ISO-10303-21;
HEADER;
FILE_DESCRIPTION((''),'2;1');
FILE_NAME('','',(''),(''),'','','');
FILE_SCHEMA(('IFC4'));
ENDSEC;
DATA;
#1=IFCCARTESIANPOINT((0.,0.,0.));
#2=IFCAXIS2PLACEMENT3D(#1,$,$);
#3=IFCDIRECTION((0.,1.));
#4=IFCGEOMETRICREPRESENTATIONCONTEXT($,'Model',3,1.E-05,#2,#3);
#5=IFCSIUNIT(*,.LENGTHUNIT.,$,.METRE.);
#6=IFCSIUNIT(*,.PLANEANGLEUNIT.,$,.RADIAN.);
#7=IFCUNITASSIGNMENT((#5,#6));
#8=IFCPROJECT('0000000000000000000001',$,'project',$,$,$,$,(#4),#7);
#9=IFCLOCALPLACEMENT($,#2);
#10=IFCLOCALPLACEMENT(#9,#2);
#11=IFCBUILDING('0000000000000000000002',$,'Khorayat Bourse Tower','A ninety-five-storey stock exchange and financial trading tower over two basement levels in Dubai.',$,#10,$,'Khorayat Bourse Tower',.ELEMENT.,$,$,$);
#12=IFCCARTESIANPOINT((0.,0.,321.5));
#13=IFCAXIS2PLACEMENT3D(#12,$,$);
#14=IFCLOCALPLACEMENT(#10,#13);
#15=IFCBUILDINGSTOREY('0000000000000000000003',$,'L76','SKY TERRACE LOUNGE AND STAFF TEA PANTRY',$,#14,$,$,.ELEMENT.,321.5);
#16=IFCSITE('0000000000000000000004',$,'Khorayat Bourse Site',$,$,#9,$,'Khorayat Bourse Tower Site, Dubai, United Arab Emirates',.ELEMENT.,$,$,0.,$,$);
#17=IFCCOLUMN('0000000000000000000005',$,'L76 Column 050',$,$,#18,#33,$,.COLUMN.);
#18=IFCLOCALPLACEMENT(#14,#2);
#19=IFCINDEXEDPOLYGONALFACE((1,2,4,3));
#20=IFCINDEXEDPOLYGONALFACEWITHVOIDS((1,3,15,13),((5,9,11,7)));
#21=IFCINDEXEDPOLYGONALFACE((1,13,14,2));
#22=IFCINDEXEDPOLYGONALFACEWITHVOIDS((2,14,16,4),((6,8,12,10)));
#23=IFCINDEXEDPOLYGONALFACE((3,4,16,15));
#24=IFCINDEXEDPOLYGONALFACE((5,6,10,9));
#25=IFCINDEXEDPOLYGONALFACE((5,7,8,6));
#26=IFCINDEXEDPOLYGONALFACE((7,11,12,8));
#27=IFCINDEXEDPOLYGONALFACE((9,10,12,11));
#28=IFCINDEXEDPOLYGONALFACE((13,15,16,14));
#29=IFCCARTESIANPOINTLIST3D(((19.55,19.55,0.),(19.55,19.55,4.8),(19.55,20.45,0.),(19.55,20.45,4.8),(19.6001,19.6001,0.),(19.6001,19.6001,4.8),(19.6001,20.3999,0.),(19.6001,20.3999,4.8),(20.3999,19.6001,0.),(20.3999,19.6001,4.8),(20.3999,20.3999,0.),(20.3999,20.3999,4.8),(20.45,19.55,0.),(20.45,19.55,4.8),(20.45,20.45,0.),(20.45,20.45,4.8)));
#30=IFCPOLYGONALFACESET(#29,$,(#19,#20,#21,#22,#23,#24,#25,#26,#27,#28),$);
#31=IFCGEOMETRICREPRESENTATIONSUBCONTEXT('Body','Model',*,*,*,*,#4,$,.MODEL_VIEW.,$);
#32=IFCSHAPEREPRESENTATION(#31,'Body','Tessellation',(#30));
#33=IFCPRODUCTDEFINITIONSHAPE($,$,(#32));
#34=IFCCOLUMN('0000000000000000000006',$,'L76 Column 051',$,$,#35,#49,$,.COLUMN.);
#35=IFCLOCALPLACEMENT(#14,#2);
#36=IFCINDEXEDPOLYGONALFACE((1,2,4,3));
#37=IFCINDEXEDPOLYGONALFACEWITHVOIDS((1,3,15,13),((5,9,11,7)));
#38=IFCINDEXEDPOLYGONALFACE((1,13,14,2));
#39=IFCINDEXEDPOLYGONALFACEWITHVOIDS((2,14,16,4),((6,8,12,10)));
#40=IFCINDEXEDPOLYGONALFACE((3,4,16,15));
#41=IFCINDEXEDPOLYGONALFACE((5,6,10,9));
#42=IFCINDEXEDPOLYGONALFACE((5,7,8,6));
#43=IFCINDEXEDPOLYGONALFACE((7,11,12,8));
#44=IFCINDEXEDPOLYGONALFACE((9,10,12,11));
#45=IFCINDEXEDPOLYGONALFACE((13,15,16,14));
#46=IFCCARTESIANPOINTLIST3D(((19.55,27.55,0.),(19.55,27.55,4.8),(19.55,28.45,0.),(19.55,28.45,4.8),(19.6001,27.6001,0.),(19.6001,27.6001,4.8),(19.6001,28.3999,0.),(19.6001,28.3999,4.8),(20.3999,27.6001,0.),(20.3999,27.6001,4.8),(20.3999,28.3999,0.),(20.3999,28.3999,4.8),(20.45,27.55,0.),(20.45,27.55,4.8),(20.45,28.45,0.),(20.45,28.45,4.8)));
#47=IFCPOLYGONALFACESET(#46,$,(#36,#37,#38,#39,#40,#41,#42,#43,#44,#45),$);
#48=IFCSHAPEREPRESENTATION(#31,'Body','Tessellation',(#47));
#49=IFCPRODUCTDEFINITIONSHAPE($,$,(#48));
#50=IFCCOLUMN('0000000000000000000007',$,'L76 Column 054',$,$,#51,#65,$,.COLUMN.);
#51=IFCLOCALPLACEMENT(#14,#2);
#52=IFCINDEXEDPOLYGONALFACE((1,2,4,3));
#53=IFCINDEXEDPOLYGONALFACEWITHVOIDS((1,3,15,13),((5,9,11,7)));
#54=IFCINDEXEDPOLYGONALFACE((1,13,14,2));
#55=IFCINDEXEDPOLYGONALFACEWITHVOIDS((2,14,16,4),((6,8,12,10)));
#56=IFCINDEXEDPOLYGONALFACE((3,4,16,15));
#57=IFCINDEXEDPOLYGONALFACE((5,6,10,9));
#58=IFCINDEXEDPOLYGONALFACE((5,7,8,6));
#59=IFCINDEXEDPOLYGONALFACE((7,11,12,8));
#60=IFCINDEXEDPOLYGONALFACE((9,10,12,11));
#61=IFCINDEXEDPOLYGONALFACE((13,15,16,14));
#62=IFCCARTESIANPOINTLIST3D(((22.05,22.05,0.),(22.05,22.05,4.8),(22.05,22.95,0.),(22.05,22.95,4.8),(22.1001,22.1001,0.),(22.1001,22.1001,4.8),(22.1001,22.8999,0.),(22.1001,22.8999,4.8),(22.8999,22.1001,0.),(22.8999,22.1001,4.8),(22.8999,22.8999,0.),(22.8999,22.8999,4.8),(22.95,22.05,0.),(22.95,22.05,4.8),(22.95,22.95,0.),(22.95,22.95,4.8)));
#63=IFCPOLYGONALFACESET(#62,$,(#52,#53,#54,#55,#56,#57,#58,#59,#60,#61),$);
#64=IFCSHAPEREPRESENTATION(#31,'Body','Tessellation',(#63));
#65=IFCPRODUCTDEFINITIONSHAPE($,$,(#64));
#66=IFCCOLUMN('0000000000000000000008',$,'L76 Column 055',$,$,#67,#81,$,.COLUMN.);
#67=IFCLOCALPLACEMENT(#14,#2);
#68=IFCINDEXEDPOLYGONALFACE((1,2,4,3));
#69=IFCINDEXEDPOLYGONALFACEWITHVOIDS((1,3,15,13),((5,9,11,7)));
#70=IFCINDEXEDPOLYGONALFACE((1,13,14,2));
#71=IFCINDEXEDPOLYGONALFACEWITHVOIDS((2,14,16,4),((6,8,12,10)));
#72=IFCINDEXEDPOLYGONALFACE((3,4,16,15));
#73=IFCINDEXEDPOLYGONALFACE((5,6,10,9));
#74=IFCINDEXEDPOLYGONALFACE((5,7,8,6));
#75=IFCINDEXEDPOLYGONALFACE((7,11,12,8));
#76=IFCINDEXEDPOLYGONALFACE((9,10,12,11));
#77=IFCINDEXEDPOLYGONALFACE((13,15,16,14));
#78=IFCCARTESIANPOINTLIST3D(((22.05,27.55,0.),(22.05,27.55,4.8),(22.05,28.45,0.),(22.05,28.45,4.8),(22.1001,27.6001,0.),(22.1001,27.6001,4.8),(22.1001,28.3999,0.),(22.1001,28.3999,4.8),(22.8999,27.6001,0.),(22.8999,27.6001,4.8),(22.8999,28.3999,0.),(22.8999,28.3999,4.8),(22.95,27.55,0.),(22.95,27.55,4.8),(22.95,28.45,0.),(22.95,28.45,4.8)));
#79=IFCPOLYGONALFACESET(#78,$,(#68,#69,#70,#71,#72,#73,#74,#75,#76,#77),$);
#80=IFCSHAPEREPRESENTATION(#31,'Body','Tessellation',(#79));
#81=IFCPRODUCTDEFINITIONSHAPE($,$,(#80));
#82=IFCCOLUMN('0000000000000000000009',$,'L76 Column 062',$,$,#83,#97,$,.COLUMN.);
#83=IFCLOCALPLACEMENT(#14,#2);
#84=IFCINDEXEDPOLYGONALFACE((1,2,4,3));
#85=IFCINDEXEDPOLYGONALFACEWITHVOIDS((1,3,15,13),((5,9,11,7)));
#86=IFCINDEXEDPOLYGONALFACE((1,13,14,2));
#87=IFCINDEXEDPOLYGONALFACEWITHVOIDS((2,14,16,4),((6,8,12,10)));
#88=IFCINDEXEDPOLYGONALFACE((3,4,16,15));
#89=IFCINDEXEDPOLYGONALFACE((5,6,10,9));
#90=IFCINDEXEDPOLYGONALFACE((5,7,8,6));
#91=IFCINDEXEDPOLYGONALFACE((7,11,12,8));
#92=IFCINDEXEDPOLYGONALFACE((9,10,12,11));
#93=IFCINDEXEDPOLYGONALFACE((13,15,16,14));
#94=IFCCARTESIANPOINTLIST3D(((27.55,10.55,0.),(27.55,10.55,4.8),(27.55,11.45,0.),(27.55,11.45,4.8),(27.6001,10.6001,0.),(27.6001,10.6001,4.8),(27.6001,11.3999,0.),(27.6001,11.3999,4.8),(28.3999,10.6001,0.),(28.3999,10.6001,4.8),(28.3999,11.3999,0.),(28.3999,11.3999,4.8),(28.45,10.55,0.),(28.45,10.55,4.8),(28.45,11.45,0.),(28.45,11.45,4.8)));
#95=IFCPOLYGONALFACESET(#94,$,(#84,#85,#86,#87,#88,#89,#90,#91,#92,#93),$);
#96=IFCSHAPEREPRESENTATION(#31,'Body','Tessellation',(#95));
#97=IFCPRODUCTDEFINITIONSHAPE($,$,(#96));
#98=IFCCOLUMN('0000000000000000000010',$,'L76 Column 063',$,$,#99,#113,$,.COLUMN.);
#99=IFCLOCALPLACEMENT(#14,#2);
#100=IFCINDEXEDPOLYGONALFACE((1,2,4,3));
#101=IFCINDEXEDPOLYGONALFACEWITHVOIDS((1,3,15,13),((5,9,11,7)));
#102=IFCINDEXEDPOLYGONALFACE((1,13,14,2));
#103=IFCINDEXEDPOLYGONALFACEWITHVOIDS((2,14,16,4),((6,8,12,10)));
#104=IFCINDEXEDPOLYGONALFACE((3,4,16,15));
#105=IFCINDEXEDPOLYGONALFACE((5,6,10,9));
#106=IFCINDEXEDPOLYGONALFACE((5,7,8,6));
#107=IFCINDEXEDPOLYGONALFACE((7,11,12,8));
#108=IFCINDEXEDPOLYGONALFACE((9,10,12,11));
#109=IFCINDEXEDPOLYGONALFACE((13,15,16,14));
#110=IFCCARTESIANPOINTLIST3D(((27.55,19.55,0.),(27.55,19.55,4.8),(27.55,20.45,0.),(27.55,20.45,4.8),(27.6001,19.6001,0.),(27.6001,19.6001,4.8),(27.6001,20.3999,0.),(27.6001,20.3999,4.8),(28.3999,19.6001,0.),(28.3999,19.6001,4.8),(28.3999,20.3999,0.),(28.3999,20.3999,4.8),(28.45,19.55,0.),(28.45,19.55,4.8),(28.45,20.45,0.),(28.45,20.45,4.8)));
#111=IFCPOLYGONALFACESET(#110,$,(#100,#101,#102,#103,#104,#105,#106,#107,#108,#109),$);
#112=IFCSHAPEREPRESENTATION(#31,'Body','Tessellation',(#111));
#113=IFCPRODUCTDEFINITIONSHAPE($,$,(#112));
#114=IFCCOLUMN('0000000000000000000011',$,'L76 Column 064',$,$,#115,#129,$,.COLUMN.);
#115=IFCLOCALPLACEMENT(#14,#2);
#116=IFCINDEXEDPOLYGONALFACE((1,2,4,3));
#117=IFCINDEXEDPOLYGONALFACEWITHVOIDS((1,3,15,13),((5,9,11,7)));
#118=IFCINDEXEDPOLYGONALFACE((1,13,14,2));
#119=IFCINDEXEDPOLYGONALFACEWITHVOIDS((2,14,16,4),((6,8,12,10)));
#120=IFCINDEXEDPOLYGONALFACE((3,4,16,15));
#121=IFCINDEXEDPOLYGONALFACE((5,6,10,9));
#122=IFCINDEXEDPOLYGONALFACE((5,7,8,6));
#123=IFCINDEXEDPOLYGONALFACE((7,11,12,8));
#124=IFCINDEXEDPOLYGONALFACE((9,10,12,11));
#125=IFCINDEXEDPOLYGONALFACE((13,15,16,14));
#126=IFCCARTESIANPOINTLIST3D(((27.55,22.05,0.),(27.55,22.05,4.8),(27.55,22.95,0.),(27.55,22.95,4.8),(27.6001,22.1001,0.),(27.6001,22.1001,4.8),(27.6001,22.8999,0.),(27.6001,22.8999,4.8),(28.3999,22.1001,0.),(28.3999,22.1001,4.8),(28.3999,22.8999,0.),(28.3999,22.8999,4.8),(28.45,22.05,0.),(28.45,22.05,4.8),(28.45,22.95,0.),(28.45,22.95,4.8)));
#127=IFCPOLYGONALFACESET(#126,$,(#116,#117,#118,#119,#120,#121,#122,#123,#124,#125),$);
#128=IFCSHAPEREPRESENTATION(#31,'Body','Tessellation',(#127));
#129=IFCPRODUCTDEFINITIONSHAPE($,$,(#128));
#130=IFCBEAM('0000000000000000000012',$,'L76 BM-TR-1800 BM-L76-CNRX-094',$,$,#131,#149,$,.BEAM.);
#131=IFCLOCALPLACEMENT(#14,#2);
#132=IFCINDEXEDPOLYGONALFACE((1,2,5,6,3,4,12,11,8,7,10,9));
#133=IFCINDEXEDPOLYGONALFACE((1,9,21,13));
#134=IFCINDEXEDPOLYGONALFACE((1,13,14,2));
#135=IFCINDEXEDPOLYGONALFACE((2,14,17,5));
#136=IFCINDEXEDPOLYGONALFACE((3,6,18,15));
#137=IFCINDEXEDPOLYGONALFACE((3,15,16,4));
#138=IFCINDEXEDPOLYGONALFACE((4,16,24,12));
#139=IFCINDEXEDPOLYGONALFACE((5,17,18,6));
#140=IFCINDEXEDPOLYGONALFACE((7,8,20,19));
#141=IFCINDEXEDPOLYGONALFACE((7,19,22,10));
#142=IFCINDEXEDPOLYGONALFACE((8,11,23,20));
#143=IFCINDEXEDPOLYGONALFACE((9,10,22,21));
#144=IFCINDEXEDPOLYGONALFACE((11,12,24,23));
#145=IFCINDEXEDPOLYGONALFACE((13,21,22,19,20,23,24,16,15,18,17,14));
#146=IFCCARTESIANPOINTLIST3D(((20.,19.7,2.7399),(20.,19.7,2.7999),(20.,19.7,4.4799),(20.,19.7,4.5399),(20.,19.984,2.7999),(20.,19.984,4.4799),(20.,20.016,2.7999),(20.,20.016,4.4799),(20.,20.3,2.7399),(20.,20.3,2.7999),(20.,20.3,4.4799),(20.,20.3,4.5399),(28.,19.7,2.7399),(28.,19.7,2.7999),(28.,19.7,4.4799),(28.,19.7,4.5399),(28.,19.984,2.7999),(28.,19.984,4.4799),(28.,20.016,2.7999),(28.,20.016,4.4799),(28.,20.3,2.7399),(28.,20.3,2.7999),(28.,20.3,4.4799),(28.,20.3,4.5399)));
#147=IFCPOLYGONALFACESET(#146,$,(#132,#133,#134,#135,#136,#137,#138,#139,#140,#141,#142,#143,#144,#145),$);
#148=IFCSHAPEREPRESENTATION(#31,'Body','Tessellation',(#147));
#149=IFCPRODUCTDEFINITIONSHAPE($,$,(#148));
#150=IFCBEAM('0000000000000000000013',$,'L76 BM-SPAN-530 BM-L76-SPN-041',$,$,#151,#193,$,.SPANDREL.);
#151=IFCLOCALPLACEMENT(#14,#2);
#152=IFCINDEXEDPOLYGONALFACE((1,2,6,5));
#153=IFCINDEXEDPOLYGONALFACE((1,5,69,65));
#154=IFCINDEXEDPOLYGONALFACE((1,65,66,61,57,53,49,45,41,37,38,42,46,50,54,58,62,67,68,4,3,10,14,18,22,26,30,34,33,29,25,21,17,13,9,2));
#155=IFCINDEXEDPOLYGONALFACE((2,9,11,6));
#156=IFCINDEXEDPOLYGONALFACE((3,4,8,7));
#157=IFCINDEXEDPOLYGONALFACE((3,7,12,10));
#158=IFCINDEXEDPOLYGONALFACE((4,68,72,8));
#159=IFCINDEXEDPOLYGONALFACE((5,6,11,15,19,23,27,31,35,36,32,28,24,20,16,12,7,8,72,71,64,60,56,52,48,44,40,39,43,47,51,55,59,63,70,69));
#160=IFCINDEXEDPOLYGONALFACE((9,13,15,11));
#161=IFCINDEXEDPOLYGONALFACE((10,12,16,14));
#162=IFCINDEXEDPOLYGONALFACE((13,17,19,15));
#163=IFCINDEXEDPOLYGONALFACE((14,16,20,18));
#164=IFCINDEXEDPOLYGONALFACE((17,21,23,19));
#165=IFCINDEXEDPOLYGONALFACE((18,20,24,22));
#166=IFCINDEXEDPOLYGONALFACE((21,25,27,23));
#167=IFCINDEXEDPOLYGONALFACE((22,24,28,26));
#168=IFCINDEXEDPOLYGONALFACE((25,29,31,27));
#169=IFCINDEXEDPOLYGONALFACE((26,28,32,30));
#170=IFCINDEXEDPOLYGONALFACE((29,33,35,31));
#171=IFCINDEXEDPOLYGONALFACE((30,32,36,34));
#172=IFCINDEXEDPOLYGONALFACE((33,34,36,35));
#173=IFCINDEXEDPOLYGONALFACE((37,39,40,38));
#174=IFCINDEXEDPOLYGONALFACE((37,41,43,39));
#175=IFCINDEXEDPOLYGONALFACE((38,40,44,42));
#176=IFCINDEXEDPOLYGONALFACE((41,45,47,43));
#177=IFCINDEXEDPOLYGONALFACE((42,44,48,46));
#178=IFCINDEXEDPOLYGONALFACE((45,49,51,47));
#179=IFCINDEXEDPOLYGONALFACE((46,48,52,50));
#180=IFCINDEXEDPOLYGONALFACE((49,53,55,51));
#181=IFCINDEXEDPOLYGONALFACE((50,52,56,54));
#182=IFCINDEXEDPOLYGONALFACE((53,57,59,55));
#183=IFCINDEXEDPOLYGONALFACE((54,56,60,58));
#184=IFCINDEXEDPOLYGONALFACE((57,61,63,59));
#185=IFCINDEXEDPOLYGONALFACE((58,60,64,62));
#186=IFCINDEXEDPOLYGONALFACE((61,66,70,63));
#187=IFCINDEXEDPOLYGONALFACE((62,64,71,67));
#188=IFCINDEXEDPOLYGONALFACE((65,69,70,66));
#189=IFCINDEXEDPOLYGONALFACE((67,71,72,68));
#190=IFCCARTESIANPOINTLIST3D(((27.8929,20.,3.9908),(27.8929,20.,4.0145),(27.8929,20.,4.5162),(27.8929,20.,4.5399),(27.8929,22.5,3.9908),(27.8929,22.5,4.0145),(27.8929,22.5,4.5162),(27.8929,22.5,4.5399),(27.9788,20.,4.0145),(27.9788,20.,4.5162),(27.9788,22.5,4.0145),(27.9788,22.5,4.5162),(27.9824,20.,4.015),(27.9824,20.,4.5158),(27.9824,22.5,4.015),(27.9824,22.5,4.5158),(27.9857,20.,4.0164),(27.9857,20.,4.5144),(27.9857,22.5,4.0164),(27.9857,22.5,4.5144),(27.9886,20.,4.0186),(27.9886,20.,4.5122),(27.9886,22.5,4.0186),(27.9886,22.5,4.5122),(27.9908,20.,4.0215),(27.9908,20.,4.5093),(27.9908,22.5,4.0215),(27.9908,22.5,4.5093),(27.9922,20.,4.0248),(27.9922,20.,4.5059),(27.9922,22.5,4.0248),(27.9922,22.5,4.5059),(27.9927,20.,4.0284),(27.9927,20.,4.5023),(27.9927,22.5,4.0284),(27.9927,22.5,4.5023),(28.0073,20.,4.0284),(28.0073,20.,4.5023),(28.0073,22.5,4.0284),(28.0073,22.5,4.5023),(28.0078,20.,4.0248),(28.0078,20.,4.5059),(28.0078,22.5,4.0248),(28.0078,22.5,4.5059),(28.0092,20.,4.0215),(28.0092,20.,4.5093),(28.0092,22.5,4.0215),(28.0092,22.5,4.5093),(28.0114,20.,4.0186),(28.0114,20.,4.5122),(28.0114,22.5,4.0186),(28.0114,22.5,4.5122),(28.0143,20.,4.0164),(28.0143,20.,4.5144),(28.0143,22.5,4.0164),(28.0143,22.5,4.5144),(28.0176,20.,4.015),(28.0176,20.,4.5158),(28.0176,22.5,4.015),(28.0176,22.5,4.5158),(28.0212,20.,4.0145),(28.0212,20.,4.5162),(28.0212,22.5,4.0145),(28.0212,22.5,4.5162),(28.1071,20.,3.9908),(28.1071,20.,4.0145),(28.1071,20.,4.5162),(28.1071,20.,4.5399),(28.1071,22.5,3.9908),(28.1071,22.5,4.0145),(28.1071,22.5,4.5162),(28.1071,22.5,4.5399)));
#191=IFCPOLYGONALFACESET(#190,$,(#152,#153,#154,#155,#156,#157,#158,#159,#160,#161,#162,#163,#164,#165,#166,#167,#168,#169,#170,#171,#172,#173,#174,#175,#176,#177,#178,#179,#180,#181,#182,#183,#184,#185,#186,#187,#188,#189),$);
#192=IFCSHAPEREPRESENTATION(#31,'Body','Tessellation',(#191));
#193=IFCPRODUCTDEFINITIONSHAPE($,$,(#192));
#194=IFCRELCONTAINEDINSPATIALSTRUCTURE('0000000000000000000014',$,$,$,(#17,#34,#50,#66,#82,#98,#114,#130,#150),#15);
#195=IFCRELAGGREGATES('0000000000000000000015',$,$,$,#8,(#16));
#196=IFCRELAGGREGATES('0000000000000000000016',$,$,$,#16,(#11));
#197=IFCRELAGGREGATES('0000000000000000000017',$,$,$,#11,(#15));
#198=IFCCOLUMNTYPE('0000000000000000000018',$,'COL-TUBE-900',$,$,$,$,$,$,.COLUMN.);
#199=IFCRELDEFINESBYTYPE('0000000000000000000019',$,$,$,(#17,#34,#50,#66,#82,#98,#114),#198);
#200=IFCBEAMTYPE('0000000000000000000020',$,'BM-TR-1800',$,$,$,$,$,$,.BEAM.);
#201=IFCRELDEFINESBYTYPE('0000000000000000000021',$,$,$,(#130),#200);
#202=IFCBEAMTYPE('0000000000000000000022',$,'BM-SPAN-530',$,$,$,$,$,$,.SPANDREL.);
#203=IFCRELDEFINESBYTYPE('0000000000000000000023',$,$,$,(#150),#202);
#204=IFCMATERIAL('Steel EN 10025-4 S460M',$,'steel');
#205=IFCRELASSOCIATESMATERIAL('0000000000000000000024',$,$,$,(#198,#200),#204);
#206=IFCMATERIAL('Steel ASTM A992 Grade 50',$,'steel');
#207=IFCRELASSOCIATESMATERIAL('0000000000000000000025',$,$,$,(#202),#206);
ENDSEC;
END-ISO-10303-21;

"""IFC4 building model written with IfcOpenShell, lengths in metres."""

from ifc_helpers import new_model, si_unit, direction, frame, origin, origin_2d, place, context, subcontext, project, spatial, hollow_rectangle, i_section, extrude, source, transform, mapped, material, material_profile, profile_set, type_object, element, save


model = new_model("IFC4")

# Units and contexts
model_context = context("Model", 3, precision=1e-05, world=origin(), true_north=direction((0.0, 1.0)))
body_context = subcontext(model_context, "Body", "Model", "MODEL_VIEW")
ifc_project = project(units=[si_unit("LENGTHUNIT", "METRE"), si_unit("PLANEANGLEUNIT", "RADIAN")], contexts=[model_context])

# Site, building, storey
site_placement = place(None, origin())
site = spatial("IfcSite", under=ifc_project, at=site_placement, Name="Khorayat Bourse Site", LongName="Khorayat Bourse Tower Site, Dubai, United Arab Emirates", CompositionType="ELEMENT", RefElevation=0.0)
building_placement = place(site_placement, origin())
building = spatial("IfcBuilding", under=site, at=building_placement, Name="Khorayat Bourse Tower", Description="A ninety-five-storey stock exchange and financial trading tower over two basement levels in Dubai.", LongName="Khorayat Bourse Tower", CompositionType="ELEMENT")
storey_placement = place(building_placement, frame((0.0, 0.0, 321.5)))
storey = spatial("IfcBuildingStorey", under=building, at=storey_placement, Name="L76", Description="SKY TERRACE LOUNGE AND STAFF TEA PANTRY", CompositionType="ELEMENT", Elevation=321.5)

# Columns
ifc_material_1 = material(Name="Steel EN 10025-4 S460M", Category="steel")
ifc_material_profile_1 = material_profile(ifc_material_1, hollow_rectangle(XDim=0.8999, YDim=0.8999, WallThickness=0.05, at=origin_2d()), Name="BOX 900x900x50")
ifc_profile_set_1 = profile_set([ifc_material_profile_1], Name="Steel EN 10025-4 S460M")
column_type = type_object("IfcColumnType", Name="COL-TUBE-900", PredefinedType="COLUMN", material=ifc_profile_set_1)
shared_shape_1 = source(origin(), body_context, "Body", "SweptSolid", [
    extrude(hollow_rectangle(XDim=0.8999, YDim=0.8999, WallThickness=0.05, at=origin_2d()), origin(), (0.0, 0.0, 1.0), 4.8),
])
for number, where, z_axis, x_axis, name in (
    (1, (20.0, 20.0, 0.0), (0.0, 0.0, 1.0), (1.0, 0.0, 0.0), "L76 Column 050"),
    (2, (20.0, 28.0, 0.0), (0.0, 0.0, 1.0), (1.0, 0.0, 0.0), "L76 Column 051"),
    (3, (22.5, 22.5, 0.0), (0.0, 0.0, 1.0), (1.0, 0.0, 0.0), "L76 Column 054"),
    (4, (22.5, 28.0, 0.0), (0.0, 0.0, 1.0), (1.0, 0.0, 0.0), "L76 Column 055"),
    (5, (28.0, 11.0, 0.0), (0.0, 0.0, 1.0), (1.0, 0.0, 0.0), "L76 Column 062"),
    (6, (28.0, 20.0, 0.0), (0.0, 0.0, 1.0), (1.0, 0.0, 0.0), "L76 Column 063"),
    (7, (28.0, 22.5, 0.0), (0.0, 0.0, 1.0), (1.0, 0.0, 0.0), "L76 Column 064"),
):
    element("IfcColumn", number, at=place(storey_placement, frame(where, z_axis=z_axis, x_axis=x_axis)), inside=storey, type_object=column_type, Name=name, PredefinedType="COLUMN", context=body_context, shape_type="MappedRepresentation", body=[
        mapped(shared_shape_1, transform((0.0, 0.0, 0.0), scale=1.0)),
    ])

# Beams
ifc_material_profile_2 = material_profile(ifc_material_1, i_section(OverallWidth=0.6001, OverallDepth=1.8, WebThickness=0.032, FlangeThickness=0.0601, at=origin_2d()), Name="PG 1800x600x32x60")
ifc_profile_set_2 = profile_set([ifc_material_profile_2], Name="Steel EN 10025-4 S460M")
beam_type_1 = type_object("IfcBeamType", Name="BM-TR-1800", PredefinedType="BEAM", material=ifc_profile_set_2)
shared_shape_2 = source(origin(), body_context, "Body", "SweptSolid", [
    extrude(i_section(OverallWidth=0.6001, OverallDepth=1.8, WebThickness=0.032, FlangeThickness=0.0601, at=origin_2d()), origin(), (0.0, 0.0, 1.0), 8.0),
])
beam_1_placement = place(storey_placement, frame((20.0, 20.0, 3.6399), z_axis=(1.0, 0.0, 0.0), x_axis=(0.0, 1.0, 0.0)))
element("IfcBeam", 8, at=beam_1_placement, inside=storey, type_object=beam_type_1, Name="L76 BM-TR-1800 BM-L76-CNRX-094", PredefinedType="BEAM", context=body_context, shape_type="MappedRepresentation", body=[
    mapped(shared_shape_2, transform((0.0, 0.0, 0.0), scale=1.0)),
])
ifc_material_2 = material(Name="Steel ASTM A992 Grade 50", Category="steel")
ifc_material_profile_3 = material_profile(ifc_material_2, i_section(OverallWidth=0.2141, OverallDepth=0.5491, WebThickness=0.0146, FlangeThickness=0.0237, FilletRadius=0.0139, at=origin_2d()), Name="W530X138")
ifc_profile_set_3 = profile_set([ifc_material_profile_3], Name="Steel ASTM A992 Grade 50")
beam_type_2 = type_object("IfcBeamType", Name="BM-SPAN-530", PredefinedType="SPANDREL", material=ifc_profile_set_3)
shared_shape_3 = source(origin(), body_context, "Body", "SweptSolid", [
    extrude(i_section(OverallWidth=0.2141, OverallDepth=0.5491, WebThickness=0.0146, FlangeThickness=0.0237, FilletRadius=0.0139, at=origin_2d()), origin(), (0.0, 0.0, 1.0), 2.5),
])
for number, where, z_axis, x_axis, name in (
    (9, (28.0, 20.0, 4.2654), (0.0, 1.0, 0.0), (-1.0, 0.0, 0.0), "L76 BM-SPAN-530 BM-L76-SPN-041"),
):
    element("IfcBeam", number, at=place(storey_placement, frame(where, z_axis=z_axis, x_axis=x_axis)), inside=storey, type_object=beam_type_2, Name=name, PredefinedType="SPANDREL", context=body_context, shape_type="MappedRepresentation", body=[
        mapped(shared_shape_3, transform((0.0, 0.0, 0.0), scale=1.0)),
    ])

save(model, "model.ifc")
